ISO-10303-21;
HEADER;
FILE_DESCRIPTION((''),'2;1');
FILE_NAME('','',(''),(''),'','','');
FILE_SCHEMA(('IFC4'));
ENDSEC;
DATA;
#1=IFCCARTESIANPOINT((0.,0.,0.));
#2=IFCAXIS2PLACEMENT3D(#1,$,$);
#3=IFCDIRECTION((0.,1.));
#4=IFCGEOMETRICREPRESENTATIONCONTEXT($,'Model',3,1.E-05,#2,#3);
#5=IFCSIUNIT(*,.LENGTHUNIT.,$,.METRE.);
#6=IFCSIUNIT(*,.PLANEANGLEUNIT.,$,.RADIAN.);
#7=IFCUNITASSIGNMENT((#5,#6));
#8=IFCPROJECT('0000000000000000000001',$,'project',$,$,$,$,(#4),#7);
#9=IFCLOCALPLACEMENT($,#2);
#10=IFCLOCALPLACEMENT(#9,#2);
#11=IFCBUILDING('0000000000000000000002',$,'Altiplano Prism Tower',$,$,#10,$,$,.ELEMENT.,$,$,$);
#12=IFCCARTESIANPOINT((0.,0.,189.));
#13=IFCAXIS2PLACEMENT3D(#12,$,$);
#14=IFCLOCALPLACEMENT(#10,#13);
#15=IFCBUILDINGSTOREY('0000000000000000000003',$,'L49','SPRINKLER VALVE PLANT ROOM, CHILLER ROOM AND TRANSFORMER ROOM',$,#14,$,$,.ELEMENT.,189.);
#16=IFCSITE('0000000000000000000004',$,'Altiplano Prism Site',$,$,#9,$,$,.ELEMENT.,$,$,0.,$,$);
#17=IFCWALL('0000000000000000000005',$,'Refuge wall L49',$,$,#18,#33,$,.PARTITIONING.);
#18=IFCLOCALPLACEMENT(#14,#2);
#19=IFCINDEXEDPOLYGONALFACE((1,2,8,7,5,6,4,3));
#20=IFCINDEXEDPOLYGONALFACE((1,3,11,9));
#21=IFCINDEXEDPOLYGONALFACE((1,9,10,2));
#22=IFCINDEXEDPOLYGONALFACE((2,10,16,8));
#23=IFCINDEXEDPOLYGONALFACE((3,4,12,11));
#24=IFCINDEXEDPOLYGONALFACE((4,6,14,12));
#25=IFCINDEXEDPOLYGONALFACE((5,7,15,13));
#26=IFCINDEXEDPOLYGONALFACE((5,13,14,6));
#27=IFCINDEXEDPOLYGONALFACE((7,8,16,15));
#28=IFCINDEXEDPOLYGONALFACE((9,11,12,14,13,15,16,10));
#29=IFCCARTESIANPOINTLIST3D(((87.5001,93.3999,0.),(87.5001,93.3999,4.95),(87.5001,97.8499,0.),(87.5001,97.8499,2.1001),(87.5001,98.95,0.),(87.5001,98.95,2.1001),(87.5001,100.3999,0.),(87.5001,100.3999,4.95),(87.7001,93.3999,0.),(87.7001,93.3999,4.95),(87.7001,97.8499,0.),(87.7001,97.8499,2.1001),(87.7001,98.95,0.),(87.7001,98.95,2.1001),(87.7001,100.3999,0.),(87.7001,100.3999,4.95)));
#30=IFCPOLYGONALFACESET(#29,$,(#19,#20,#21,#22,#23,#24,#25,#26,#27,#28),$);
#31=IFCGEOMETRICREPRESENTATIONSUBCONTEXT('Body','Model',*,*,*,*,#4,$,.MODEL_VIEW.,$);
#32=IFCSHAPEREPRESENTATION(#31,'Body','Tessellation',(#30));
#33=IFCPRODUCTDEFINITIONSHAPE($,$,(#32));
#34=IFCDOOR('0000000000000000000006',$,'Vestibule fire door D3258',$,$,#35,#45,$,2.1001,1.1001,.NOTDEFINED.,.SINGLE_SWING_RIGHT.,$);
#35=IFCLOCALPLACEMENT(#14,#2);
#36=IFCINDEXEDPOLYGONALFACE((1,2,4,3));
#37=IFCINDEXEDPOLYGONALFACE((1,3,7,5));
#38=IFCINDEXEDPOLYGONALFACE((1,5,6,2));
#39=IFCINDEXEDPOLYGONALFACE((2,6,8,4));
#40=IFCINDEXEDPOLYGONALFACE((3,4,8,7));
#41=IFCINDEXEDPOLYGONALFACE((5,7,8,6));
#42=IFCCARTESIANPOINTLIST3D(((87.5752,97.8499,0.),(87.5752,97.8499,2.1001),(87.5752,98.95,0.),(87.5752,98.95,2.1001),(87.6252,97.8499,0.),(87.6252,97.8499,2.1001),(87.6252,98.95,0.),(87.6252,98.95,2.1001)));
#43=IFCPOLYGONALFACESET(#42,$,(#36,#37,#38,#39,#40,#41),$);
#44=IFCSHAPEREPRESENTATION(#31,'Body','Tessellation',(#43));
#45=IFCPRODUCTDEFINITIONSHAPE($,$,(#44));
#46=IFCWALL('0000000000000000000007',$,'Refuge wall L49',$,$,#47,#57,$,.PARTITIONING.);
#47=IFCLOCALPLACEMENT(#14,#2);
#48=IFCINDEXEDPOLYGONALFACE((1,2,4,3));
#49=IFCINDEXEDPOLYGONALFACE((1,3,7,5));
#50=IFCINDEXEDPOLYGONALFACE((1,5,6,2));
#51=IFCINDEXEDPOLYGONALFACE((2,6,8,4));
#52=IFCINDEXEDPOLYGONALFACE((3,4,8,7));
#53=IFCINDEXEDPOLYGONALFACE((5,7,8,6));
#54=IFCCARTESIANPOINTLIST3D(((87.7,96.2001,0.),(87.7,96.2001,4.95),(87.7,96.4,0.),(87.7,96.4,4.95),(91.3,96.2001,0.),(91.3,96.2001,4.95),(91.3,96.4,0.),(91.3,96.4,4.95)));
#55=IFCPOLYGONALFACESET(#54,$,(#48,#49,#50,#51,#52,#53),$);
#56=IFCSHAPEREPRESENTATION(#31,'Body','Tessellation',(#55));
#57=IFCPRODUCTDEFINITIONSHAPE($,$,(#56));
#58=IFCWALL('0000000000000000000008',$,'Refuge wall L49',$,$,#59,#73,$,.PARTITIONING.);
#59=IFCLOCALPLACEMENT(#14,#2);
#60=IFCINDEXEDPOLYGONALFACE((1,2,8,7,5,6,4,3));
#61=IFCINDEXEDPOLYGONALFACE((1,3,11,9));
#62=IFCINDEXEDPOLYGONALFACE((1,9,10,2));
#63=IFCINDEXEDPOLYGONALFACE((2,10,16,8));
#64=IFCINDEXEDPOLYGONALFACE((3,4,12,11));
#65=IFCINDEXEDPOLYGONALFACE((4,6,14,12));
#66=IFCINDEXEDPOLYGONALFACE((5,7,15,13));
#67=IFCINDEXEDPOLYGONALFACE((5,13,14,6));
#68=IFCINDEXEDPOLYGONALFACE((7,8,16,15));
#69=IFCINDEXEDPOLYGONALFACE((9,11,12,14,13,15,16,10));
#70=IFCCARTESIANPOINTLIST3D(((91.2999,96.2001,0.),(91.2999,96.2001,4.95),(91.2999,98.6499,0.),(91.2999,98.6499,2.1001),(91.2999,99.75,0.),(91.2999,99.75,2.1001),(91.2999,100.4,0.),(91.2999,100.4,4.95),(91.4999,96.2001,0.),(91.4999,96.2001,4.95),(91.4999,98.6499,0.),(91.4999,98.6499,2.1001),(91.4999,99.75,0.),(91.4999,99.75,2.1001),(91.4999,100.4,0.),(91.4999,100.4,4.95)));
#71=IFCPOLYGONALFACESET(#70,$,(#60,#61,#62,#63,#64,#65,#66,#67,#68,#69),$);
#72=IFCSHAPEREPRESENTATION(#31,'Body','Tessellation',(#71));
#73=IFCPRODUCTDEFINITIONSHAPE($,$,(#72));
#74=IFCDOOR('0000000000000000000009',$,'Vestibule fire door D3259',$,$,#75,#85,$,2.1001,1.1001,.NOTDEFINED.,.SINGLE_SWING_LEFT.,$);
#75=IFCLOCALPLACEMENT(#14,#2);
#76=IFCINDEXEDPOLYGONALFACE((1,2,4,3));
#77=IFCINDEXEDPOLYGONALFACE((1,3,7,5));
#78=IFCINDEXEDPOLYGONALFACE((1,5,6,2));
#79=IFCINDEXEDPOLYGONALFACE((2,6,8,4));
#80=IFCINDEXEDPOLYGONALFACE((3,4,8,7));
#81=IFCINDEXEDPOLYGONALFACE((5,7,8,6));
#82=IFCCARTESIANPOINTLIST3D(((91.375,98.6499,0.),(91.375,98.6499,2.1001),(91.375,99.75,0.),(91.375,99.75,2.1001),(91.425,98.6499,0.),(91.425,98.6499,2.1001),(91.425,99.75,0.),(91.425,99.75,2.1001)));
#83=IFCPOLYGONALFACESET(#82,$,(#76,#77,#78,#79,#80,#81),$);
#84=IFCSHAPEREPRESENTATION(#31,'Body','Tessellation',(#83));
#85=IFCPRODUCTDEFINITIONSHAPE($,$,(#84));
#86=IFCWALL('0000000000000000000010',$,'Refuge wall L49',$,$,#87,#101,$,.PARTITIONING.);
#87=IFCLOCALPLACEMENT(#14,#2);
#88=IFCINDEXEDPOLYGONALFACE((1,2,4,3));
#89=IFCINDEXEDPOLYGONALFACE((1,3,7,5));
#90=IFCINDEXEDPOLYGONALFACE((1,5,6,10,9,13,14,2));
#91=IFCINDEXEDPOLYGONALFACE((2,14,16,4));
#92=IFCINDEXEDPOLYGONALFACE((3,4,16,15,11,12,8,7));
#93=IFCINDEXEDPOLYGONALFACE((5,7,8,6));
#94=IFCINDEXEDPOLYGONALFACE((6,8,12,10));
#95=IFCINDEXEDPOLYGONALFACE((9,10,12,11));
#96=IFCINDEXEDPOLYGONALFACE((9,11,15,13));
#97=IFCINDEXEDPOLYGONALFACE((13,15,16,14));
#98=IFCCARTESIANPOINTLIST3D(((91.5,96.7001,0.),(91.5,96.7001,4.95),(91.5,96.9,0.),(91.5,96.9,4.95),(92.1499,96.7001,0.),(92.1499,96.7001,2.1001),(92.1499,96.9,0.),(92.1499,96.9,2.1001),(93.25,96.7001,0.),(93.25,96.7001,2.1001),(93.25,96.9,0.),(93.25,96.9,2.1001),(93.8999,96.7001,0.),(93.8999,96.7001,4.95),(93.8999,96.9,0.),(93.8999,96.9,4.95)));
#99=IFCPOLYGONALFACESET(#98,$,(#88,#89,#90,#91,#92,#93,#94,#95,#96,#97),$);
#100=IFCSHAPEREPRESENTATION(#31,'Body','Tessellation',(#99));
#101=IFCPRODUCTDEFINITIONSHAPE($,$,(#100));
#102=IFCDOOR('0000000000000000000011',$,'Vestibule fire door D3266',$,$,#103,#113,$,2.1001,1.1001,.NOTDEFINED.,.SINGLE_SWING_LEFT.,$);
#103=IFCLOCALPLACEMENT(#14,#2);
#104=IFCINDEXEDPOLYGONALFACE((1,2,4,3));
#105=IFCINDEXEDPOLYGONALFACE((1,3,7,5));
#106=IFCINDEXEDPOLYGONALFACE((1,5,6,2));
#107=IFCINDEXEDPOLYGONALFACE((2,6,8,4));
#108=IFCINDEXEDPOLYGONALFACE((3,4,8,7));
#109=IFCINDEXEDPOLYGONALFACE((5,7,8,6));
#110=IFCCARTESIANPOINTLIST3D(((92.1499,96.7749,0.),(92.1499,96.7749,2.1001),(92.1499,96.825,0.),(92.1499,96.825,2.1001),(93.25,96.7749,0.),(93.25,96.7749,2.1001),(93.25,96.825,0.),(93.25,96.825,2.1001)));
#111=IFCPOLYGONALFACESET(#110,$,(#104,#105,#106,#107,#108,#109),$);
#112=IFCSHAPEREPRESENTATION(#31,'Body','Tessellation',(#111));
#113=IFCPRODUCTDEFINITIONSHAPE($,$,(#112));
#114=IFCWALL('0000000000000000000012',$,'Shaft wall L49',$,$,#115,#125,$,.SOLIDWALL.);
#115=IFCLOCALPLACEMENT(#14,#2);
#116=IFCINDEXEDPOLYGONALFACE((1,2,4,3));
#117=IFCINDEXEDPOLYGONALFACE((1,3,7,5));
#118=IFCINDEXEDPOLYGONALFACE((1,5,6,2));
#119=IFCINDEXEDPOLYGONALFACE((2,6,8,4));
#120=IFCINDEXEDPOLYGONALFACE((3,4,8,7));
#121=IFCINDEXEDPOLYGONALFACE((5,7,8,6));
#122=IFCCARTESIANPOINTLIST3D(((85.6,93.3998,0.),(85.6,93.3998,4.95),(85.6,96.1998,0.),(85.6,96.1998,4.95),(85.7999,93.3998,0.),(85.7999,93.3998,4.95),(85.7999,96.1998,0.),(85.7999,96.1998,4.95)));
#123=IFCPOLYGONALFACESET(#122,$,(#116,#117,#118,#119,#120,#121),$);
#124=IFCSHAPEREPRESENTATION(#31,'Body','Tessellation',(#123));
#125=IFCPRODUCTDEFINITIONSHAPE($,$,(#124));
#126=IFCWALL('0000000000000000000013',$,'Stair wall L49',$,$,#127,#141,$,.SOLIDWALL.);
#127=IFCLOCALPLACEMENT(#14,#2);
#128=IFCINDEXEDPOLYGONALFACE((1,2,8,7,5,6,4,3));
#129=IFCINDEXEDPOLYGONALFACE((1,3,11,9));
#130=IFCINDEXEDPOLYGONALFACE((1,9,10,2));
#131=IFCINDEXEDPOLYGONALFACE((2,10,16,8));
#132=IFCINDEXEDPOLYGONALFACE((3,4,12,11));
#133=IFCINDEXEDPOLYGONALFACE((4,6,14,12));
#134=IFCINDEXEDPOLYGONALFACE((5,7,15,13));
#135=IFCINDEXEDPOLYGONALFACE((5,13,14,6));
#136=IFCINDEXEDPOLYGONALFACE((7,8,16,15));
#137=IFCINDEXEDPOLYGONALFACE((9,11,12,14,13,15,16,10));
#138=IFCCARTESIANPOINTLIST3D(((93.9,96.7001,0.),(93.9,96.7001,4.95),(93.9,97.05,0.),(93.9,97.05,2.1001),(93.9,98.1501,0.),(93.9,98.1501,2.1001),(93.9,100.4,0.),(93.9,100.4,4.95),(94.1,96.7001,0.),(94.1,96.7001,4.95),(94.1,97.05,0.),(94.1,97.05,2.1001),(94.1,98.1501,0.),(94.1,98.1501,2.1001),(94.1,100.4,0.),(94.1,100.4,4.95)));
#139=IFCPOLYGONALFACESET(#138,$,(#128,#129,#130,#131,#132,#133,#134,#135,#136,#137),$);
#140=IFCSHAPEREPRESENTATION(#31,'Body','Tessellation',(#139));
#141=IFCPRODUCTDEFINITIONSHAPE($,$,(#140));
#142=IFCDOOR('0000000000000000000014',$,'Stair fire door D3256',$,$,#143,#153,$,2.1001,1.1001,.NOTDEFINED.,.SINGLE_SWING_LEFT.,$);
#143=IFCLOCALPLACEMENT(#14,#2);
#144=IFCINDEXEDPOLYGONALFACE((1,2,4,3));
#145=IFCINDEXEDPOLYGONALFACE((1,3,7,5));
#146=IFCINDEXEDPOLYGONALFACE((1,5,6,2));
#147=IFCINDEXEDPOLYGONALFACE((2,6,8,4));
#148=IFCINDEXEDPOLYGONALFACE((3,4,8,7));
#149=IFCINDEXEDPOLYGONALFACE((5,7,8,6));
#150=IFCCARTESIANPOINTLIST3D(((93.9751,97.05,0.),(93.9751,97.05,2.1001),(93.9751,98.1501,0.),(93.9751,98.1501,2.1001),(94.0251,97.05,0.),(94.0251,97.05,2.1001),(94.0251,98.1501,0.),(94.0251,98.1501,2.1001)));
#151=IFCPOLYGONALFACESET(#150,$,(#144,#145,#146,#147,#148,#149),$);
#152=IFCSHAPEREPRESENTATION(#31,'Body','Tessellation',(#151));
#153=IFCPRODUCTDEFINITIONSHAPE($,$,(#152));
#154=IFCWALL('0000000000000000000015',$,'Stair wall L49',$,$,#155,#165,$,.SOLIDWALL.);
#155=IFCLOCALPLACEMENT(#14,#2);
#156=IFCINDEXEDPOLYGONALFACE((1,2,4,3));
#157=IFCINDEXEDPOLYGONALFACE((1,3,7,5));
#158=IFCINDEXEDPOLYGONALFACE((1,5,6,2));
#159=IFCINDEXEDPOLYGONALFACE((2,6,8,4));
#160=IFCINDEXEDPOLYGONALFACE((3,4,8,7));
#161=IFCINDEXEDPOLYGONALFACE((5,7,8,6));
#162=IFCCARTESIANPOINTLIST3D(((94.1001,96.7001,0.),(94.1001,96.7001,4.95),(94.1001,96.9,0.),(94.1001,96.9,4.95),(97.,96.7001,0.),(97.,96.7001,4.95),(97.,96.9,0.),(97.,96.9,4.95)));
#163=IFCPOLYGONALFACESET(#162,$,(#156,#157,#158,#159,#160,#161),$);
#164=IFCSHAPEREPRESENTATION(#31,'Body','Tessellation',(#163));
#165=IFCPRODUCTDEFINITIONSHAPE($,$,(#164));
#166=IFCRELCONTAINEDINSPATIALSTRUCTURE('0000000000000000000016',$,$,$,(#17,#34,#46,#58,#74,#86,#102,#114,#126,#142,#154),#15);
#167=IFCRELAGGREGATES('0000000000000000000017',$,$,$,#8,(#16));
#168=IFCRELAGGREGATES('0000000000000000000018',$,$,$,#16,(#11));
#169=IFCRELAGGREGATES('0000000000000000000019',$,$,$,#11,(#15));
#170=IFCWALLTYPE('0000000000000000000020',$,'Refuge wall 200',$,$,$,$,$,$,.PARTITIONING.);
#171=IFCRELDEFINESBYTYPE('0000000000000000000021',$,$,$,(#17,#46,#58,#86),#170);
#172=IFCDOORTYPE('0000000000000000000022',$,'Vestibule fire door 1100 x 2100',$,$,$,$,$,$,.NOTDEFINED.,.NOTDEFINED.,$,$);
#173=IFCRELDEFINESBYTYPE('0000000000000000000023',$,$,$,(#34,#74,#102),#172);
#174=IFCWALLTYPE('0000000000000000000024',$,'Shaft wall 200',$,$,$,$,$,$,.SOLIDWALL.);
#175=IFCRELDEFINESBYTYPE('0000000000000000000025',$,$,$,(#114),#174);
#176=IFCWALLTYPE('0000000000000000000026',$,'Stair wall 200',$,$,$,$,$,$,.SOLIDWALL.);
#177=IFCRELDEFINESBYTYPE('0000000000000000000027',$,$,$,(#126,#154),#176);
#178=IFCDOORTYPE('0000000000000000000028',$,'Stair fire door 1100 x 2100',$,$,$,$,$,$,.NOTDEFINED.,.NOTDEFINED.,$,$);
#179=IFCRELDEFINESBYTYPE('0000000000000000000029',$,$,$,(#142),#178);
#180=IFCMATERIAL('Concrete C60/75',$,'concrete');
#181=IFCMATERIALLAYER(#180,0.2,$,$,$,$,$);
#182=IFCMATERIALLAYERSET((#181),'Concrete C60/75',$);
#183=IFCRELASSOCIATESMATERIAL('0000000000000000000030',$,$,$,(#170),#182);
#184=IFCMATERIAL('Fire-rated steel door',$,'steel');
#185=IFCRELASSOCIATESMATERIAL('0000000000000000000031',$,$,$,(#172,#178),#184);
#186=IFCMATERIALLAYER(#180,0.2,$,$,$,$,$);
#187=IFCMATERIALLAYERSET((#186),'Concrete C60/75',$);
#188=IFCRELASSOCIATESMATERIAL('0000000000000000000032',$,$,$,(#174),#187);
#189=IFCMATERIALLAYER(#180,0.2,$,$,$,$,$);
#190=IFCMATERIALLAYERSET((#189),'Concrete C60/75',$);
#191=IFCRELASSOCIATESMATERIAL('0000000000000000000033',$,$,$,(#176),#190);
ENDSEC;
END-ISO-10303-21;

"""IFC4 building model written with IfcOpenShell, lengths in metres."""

from ifc_helpers import new_model, si_unit, direction, frame, frame_2d, origin, place, context, subcontext, project, spatial, rectangle, extrude, material, layer, layer_set, type_object, element, fill, save


model = new_model("IFC4")

# Units and contexts
model_context = context("Model", 3, precision=1e-05, world=origin(), true_north=direction((0.0, 1.0)))
body_context = subcontext(model_context, "Body", "Model", "MODEL_VIEW")
ifc_project = project(units=[si_unit("LENGTHUNIT", "METRE"), si_unit("PLANEANGLEUNIT", "RADIAN")], contexts=[model_context])

# Site, building, storey
site_placement = place(None, origin())
site = spatial("IfcSite", under=ifc_project, at=site_placement, Name="Altiplano Prism Site", CompositionType="ELEMENT", RefElevation=0.0)
building_placement = place(site_placement, origin())
building = spatial("IfcBuilding", under=site, at=building_placement, Name="Altiplano Prism Tower", CompositionType="ELEMENT")
storey_placement = place(building_placement, frame((0.0, 0.0, 189.0)))
storey = spatial("IfcBuildingStorey", under=building, at=storey_placement, Name="L49", Description="SPRINKLER VALVE PLANT ROOM, CHILLER ROOM AND TRANSFORMER ROOM", CompositionType="ELEMENT", Elevation=189.0)

# Shared definitions
ifc_material_1 = material(Name="Concrete C60/75", Category="concrete")

# Wall, opening, door
ifc_layer_1 = layer(ifc_material_1, 0.2)
ifc_layer_set_1 = layer_set([ifc_layer_1], Name="Concrete C60/75")
wall_type_1 = type_object("IfcWallType", Name="Refuge wall 200", PredefinedType="PARTITIONING", material=ifc_layer_set_1)
wall_1_placement = place(storey_placement, frame((87.6001, 93.3999, 0.0), z_axis=(0.0, 0.0, 1.0), x_axis=(0.0, 1.0, 0.0)))
wall_1 = element("IfcWall", 1, at=wall_1_placement, inside=storey, type_object=wall_type_1, Name="Refuge wall L49", PredefinedType="PARTITIONING", context=body_context, shape_type="SweptSolid", body=[
    extrude(rectangle(XDim=7.0, YDim=0.2, at=frame_2d((3.5, 0.0))), origin(), (0.0, 0.0, 1.0), 4.95),
])
opening_1_placement = place(wall_1_placement, frame((4.45, 0.0, 0.0)))
opening_1 = element("IfcOpeningElement", 2, at=opening_1_placement, cuts=wall_1, PredefinedType="OPENING", context=body_context, shape_type="SweptSolid", body=[
    extrude(rectangle(XDim=1.1001, YDim=2.1001, at=frame_2d((0.55, 1.05))), frame((0.0, 0.1104, 0.0), z_axis=(0.0, -1.0, 0.0), x_axis=(1.0, 0.0, 0.0)), (0.0, 0.0, 1.0), 0.2209),
])
ifc_material_2 = material(Name="Fire-rated steel door", Category="steel")
door_type_1 = type_object("IfcDoorType", Name="Vestibule fire door 1100 x 2100", OperationType="NOTDEFINED", PredefinedType="NOTDEFINED", material=ifc_material_2)
door_1_placement = place(opening_1_placement, origin())
door_1 = element("IfcDoor", 3, at=door_1_placement, inside=storey, type_object=door_type_1, Name="Vestibule fire door D3258", OperationType="SINGLE_SWING_RIGHT", OverallHeight=2.1001, OverallWidth=1.1001, PredefinedType="NOTDEFINED", context=body_context, shape_type="SweptSolid", body=[
    extrude(rectangle(XDim=1.1001, YDim=2.1001, at=frame_2d((0.55, 1.05))), frame((0.0, 0.0249, 0.0), z_axis=(0.0, -1.0, 0.0), x_axis=(1.0, 0.0, 0.0)), (0.0, 0.0, 1.0), 0.05),
])
fill(opening_1, door_1)

# Wall
wall_2_placement = place(storey_placement, frame((87.7, 96.3, 0.0), z_axis=(0.0, 0.0, 1.0), x_axis=(1.0, 0.0, 0.0)))
element("IfcWall", 4, at=wall_2_placement, inside=storey, type_object=wall_type_1, Name="Refuge wall L49", PredefinedType="PARTITIONING", context=body_context, shape_type="SweptSolid", body=[
    extrude(rectangle(XDim=3.6001, YDim=0.2, at=frame_2d((1.8, 0.0))), origin(), (0.0, 0.0, 1.0), 4.95),
])

# Walls, openings, doors
wall_3_placement = place(storey_placement, frame((91.3999, 96.2, 0.0), z_axis=(0.0, 0.0, 1.0), x_axis=(0.0, 1.0, 0.0)))
wall_3 = element("IfcWall", 5, at=wall_3_placement, inside=storey, type_object=wall_type_1, Name="Refuge wall L49", PredefinedType="PARTITIONING", context=body_context, shape_type="SweptSolid", body=[
    extrude(rectangle(XDim=4.2, YDim=0.2, at=frame_2d((2.1001, 0.0))), origin(), (0.0, 0.0, 1.0), 4.95),
])
opening_2_placement = place(wall_3_placement, frame((2.45, 0.0, 0.0)))
opening_2 = element("IfcOpeningElement", 6, at=opening_2_placement, cuts=wall_3, PredefinedType="OPENING", context=body_context, shape_type="SweptSolid", body=[
    extrude(rectangle(XDim=1.1001, YDim=2.1001, at=frame_2d((0.55, 1.05))), frame((0.0, 0.1104, 0.0), z_axis=(0.0, -1.0, 0.0), x_axis=(1.0, 0.0, 0.0)), (0.0, 0.0, 1.0), 0.2209),
])
door_2_placement = place(opening_2_placement, origin())
door_2 = element("IfcDoor", 7, at=door_2_placement, inside=storey, type_object=door_type_1, Name="Vestibule fire door D3259", OperationType="SINGLE_SWING_LEFT", OverallHeight=2.1001, OverallWidth=1.1001, PredefinedType="NOTDEFINED", context=body_context, shape_type="SweptSolid", body=[
    extrude(rectangle(XDim=1.1001, YDim=2.1001, at=frame_2d((0.55, 1.05))), frame((0.0, 0.0249, 0.0), z_axis=(0.0, -1.0, 0.0), x_axis=(1.0, 0.0, 0.0)), (0.0, 0.0, 1.0), 0.05),
])
fill(opening_2, door_2)
wall_4_placement = place(storey_placement, frame((91.5, 96.8, 0.0), z_axis=(0.0, 0.0, 1.0), x_axis=(1.0, 0.0, 0.0)))
wall_4 = element("IfcWall", 8, at=wall_4_placement, inside=storey, type_object=wall_type_1, Name="Refuge wall L49", PredefinedType="PARTITIONING", context=body_context, shape_type="SweptSolid", body=[
    extrude(rectangle(XDim=2.3999, YDim=0.2, at=frame_2d((1.2, 0.0))), origin(), (0.0, 0.0, 1.0), 4.95),
])
opening_3_placement = place(wall_4_placement, frame((0.6499, 0.0, 0.0)))
opening_3 = element("IfcOpeningElement", 9, at=opening_3_placement, cuts=wall_4, PredefinedType="OPENING", context=body_context, shape_type="SweptSolid", body=[
    extrude(rectangle(XDim=1.1001, YDim=2.1001, at=frame_2d((0.55, 1.05))), frame((0.0, 0.1104, 0.0), z_axis=(0.0, -1.0, 0.0), x_axis=(1.0, 0.0, 0.0)), (0.0, 0.0, 1.0), 0.2209),
])
door_3_placement = place(opening_3_placement, origin())
door_3 = element("IfcDoor", 10, at=door_3_placement, inside=storey, type_object=door_type_1, Name="Vestibule fire door D3266", OperationType="SINGLE_SWING_LEFT", OverallHeight=2.1001, OverallWidth=1.1001, PredefinedType="NOTDEFINED", context=body_context, shape_type="SweptSolid", body=[
    extrude(rectangle(XDim=1.1001, YDim=2.1001, at=frame_2d((0.55, 1.05))), frame((0.0, 0.0249, 0.0), z_axis=(0.0, -1.0, 0.0), x_axis=(1.0, 0.0, 0.0)), (0.0, 0.0, 1.0), 0.05),
])
fill(opening_3, door_3)

# Wall
ifc_layer_2 = layer(ifc_material_1, 0.2)
ifc_layer_set_2 = layer_set([ifc_layer_2], Name="Concrete C60/75")
wall_type_2 = type_object("IfcWallType", Name="Shaft wall 200", PredefinedType="SOLIDWALL", material=ifc_layer_set_2)
wall_5_placement = place(storey_placement, frame((85.7, 93.3999, 0.0), z_axis=(0.0, 0.0, 1.0), x_axis=(0.0, 1.0, 0.0)))
element("IfcWall", 11, at=wall_5_placement, inside=storey, type_object=wall_type_2, Name="Shaft wall L49", PredefinedType="SOLIDWALL", context=body_context, shape_type="SweptSolid", body=[
    extrude(rectangle(XDim=2.8, YDim=0.2, at=frame_2d((1.3999, 0.0))), origin(), (0.0, 0.0, 1.0), 4.95),
])

# Wall, opening, door
ifc_layer_3 = layer(ifc_material_1, 0.2)
ifc_layer_set_3 = layer_set([ifc_layer_3], Name="Concrete C60/75")
wall_type_3 = type_object("IfcWallType", Name="Stair wall 200", PredefinedType="SOLIDWALL", material=ifc_layer_set_3)
wall_6_placement = place(storey_placement, frame((94.0, 96.7, 0.0), z_axis=(0.0, 0.0, 1.0), x_axis=(0.0, 1.0, 0.0)))
wall_6 = element("IfcWall", 12, at=wall_6_placement, inside=storey, type_object=wall_type_3, Name="Stair wall L49", PredefinedType="SOLIDWALL", context=body_context, shape_type="SweptSolid", body=[
    extrude(rectangle(XDim=3.7, YDim=0.2, at=frame_2d((1.8501, 0.0))), origin(), (0.0, 0.0, 1.0), 4.95),
])
opening_4_placement = place(wall_6_placement, frame((0.3501, 0.0, 0.0)))
opening_4 = element("IfcOpeningElement", 13, at=opening_4_placement, cuts=wall_6, PredefinedType="OPENING", context=body_context, shape_type="SweptSolid", body=[
    extrude(rectangle(XDim=1.1001, YDim=2.1001, at=frame_2d((0.55, 1.05))), frame((0.0, 0.1104, 0.0), z_axis=(0.0, -1.0, 0.0), x_axis=(1.0, 0.0, 0.0)), (0.0, 0.0, 1.0), 0.2209),
])
door_type_2 = type_object("IfcDoorType", Name="Stair fire door 1100 x 2100", OperationType="NOTDEFINED", PredefinedType="NOTDEFINED", material=ifc_material_2)
door_4_placement = place(opening_4_placement, origin())
door_4 = element("IfcDoor", 14, at=door_4_placement, inside=storey, type_object=door_type_2, Name="Stair fire door D3256", OperationType="SINGLE_SWING_LEFT", OverallHeight=2.1001, OverallWidth=1.1001, PredefinedType="NOTDEFINED", context=body_context, shape_type="SweptSolid", body=[
    extrude(rectangle(XDim=1.1001, YDim=2.1001, at=frame_2d((0.55, 1.05))), frame((0.0, 0.0249, 0.0), z_axis=(0.0, -1.0, 0.0), x_axis=(1.0, 0.0, 0.0)), (0.0, 0.0, 1.0), 0.05),
])
fill(opening_4, door_4)

# Wall
wall_7_placement = place(storey_placement, frame((94.1001, 96.8, 0.0), z_axis=(0.0, 0.0, 1.0), x_axis=(1.0, 0.0, 0.0)))
element("IfcWall", 15, at=wall_7_placement, inside=storey, type_object=wall_type_3, Name="Stair wall L49", PredefinedType="SOLIDWALL", context=body_context, shape_type="SweptSolid", body=[
    extrude(rectangle(XDim=2.8999, YDim=0.2, at=frame_2d((1.45, 0.0))), origin(), (0.0, 0.0, 1.0), 4.95),
])

save(model, "model.ifc")
